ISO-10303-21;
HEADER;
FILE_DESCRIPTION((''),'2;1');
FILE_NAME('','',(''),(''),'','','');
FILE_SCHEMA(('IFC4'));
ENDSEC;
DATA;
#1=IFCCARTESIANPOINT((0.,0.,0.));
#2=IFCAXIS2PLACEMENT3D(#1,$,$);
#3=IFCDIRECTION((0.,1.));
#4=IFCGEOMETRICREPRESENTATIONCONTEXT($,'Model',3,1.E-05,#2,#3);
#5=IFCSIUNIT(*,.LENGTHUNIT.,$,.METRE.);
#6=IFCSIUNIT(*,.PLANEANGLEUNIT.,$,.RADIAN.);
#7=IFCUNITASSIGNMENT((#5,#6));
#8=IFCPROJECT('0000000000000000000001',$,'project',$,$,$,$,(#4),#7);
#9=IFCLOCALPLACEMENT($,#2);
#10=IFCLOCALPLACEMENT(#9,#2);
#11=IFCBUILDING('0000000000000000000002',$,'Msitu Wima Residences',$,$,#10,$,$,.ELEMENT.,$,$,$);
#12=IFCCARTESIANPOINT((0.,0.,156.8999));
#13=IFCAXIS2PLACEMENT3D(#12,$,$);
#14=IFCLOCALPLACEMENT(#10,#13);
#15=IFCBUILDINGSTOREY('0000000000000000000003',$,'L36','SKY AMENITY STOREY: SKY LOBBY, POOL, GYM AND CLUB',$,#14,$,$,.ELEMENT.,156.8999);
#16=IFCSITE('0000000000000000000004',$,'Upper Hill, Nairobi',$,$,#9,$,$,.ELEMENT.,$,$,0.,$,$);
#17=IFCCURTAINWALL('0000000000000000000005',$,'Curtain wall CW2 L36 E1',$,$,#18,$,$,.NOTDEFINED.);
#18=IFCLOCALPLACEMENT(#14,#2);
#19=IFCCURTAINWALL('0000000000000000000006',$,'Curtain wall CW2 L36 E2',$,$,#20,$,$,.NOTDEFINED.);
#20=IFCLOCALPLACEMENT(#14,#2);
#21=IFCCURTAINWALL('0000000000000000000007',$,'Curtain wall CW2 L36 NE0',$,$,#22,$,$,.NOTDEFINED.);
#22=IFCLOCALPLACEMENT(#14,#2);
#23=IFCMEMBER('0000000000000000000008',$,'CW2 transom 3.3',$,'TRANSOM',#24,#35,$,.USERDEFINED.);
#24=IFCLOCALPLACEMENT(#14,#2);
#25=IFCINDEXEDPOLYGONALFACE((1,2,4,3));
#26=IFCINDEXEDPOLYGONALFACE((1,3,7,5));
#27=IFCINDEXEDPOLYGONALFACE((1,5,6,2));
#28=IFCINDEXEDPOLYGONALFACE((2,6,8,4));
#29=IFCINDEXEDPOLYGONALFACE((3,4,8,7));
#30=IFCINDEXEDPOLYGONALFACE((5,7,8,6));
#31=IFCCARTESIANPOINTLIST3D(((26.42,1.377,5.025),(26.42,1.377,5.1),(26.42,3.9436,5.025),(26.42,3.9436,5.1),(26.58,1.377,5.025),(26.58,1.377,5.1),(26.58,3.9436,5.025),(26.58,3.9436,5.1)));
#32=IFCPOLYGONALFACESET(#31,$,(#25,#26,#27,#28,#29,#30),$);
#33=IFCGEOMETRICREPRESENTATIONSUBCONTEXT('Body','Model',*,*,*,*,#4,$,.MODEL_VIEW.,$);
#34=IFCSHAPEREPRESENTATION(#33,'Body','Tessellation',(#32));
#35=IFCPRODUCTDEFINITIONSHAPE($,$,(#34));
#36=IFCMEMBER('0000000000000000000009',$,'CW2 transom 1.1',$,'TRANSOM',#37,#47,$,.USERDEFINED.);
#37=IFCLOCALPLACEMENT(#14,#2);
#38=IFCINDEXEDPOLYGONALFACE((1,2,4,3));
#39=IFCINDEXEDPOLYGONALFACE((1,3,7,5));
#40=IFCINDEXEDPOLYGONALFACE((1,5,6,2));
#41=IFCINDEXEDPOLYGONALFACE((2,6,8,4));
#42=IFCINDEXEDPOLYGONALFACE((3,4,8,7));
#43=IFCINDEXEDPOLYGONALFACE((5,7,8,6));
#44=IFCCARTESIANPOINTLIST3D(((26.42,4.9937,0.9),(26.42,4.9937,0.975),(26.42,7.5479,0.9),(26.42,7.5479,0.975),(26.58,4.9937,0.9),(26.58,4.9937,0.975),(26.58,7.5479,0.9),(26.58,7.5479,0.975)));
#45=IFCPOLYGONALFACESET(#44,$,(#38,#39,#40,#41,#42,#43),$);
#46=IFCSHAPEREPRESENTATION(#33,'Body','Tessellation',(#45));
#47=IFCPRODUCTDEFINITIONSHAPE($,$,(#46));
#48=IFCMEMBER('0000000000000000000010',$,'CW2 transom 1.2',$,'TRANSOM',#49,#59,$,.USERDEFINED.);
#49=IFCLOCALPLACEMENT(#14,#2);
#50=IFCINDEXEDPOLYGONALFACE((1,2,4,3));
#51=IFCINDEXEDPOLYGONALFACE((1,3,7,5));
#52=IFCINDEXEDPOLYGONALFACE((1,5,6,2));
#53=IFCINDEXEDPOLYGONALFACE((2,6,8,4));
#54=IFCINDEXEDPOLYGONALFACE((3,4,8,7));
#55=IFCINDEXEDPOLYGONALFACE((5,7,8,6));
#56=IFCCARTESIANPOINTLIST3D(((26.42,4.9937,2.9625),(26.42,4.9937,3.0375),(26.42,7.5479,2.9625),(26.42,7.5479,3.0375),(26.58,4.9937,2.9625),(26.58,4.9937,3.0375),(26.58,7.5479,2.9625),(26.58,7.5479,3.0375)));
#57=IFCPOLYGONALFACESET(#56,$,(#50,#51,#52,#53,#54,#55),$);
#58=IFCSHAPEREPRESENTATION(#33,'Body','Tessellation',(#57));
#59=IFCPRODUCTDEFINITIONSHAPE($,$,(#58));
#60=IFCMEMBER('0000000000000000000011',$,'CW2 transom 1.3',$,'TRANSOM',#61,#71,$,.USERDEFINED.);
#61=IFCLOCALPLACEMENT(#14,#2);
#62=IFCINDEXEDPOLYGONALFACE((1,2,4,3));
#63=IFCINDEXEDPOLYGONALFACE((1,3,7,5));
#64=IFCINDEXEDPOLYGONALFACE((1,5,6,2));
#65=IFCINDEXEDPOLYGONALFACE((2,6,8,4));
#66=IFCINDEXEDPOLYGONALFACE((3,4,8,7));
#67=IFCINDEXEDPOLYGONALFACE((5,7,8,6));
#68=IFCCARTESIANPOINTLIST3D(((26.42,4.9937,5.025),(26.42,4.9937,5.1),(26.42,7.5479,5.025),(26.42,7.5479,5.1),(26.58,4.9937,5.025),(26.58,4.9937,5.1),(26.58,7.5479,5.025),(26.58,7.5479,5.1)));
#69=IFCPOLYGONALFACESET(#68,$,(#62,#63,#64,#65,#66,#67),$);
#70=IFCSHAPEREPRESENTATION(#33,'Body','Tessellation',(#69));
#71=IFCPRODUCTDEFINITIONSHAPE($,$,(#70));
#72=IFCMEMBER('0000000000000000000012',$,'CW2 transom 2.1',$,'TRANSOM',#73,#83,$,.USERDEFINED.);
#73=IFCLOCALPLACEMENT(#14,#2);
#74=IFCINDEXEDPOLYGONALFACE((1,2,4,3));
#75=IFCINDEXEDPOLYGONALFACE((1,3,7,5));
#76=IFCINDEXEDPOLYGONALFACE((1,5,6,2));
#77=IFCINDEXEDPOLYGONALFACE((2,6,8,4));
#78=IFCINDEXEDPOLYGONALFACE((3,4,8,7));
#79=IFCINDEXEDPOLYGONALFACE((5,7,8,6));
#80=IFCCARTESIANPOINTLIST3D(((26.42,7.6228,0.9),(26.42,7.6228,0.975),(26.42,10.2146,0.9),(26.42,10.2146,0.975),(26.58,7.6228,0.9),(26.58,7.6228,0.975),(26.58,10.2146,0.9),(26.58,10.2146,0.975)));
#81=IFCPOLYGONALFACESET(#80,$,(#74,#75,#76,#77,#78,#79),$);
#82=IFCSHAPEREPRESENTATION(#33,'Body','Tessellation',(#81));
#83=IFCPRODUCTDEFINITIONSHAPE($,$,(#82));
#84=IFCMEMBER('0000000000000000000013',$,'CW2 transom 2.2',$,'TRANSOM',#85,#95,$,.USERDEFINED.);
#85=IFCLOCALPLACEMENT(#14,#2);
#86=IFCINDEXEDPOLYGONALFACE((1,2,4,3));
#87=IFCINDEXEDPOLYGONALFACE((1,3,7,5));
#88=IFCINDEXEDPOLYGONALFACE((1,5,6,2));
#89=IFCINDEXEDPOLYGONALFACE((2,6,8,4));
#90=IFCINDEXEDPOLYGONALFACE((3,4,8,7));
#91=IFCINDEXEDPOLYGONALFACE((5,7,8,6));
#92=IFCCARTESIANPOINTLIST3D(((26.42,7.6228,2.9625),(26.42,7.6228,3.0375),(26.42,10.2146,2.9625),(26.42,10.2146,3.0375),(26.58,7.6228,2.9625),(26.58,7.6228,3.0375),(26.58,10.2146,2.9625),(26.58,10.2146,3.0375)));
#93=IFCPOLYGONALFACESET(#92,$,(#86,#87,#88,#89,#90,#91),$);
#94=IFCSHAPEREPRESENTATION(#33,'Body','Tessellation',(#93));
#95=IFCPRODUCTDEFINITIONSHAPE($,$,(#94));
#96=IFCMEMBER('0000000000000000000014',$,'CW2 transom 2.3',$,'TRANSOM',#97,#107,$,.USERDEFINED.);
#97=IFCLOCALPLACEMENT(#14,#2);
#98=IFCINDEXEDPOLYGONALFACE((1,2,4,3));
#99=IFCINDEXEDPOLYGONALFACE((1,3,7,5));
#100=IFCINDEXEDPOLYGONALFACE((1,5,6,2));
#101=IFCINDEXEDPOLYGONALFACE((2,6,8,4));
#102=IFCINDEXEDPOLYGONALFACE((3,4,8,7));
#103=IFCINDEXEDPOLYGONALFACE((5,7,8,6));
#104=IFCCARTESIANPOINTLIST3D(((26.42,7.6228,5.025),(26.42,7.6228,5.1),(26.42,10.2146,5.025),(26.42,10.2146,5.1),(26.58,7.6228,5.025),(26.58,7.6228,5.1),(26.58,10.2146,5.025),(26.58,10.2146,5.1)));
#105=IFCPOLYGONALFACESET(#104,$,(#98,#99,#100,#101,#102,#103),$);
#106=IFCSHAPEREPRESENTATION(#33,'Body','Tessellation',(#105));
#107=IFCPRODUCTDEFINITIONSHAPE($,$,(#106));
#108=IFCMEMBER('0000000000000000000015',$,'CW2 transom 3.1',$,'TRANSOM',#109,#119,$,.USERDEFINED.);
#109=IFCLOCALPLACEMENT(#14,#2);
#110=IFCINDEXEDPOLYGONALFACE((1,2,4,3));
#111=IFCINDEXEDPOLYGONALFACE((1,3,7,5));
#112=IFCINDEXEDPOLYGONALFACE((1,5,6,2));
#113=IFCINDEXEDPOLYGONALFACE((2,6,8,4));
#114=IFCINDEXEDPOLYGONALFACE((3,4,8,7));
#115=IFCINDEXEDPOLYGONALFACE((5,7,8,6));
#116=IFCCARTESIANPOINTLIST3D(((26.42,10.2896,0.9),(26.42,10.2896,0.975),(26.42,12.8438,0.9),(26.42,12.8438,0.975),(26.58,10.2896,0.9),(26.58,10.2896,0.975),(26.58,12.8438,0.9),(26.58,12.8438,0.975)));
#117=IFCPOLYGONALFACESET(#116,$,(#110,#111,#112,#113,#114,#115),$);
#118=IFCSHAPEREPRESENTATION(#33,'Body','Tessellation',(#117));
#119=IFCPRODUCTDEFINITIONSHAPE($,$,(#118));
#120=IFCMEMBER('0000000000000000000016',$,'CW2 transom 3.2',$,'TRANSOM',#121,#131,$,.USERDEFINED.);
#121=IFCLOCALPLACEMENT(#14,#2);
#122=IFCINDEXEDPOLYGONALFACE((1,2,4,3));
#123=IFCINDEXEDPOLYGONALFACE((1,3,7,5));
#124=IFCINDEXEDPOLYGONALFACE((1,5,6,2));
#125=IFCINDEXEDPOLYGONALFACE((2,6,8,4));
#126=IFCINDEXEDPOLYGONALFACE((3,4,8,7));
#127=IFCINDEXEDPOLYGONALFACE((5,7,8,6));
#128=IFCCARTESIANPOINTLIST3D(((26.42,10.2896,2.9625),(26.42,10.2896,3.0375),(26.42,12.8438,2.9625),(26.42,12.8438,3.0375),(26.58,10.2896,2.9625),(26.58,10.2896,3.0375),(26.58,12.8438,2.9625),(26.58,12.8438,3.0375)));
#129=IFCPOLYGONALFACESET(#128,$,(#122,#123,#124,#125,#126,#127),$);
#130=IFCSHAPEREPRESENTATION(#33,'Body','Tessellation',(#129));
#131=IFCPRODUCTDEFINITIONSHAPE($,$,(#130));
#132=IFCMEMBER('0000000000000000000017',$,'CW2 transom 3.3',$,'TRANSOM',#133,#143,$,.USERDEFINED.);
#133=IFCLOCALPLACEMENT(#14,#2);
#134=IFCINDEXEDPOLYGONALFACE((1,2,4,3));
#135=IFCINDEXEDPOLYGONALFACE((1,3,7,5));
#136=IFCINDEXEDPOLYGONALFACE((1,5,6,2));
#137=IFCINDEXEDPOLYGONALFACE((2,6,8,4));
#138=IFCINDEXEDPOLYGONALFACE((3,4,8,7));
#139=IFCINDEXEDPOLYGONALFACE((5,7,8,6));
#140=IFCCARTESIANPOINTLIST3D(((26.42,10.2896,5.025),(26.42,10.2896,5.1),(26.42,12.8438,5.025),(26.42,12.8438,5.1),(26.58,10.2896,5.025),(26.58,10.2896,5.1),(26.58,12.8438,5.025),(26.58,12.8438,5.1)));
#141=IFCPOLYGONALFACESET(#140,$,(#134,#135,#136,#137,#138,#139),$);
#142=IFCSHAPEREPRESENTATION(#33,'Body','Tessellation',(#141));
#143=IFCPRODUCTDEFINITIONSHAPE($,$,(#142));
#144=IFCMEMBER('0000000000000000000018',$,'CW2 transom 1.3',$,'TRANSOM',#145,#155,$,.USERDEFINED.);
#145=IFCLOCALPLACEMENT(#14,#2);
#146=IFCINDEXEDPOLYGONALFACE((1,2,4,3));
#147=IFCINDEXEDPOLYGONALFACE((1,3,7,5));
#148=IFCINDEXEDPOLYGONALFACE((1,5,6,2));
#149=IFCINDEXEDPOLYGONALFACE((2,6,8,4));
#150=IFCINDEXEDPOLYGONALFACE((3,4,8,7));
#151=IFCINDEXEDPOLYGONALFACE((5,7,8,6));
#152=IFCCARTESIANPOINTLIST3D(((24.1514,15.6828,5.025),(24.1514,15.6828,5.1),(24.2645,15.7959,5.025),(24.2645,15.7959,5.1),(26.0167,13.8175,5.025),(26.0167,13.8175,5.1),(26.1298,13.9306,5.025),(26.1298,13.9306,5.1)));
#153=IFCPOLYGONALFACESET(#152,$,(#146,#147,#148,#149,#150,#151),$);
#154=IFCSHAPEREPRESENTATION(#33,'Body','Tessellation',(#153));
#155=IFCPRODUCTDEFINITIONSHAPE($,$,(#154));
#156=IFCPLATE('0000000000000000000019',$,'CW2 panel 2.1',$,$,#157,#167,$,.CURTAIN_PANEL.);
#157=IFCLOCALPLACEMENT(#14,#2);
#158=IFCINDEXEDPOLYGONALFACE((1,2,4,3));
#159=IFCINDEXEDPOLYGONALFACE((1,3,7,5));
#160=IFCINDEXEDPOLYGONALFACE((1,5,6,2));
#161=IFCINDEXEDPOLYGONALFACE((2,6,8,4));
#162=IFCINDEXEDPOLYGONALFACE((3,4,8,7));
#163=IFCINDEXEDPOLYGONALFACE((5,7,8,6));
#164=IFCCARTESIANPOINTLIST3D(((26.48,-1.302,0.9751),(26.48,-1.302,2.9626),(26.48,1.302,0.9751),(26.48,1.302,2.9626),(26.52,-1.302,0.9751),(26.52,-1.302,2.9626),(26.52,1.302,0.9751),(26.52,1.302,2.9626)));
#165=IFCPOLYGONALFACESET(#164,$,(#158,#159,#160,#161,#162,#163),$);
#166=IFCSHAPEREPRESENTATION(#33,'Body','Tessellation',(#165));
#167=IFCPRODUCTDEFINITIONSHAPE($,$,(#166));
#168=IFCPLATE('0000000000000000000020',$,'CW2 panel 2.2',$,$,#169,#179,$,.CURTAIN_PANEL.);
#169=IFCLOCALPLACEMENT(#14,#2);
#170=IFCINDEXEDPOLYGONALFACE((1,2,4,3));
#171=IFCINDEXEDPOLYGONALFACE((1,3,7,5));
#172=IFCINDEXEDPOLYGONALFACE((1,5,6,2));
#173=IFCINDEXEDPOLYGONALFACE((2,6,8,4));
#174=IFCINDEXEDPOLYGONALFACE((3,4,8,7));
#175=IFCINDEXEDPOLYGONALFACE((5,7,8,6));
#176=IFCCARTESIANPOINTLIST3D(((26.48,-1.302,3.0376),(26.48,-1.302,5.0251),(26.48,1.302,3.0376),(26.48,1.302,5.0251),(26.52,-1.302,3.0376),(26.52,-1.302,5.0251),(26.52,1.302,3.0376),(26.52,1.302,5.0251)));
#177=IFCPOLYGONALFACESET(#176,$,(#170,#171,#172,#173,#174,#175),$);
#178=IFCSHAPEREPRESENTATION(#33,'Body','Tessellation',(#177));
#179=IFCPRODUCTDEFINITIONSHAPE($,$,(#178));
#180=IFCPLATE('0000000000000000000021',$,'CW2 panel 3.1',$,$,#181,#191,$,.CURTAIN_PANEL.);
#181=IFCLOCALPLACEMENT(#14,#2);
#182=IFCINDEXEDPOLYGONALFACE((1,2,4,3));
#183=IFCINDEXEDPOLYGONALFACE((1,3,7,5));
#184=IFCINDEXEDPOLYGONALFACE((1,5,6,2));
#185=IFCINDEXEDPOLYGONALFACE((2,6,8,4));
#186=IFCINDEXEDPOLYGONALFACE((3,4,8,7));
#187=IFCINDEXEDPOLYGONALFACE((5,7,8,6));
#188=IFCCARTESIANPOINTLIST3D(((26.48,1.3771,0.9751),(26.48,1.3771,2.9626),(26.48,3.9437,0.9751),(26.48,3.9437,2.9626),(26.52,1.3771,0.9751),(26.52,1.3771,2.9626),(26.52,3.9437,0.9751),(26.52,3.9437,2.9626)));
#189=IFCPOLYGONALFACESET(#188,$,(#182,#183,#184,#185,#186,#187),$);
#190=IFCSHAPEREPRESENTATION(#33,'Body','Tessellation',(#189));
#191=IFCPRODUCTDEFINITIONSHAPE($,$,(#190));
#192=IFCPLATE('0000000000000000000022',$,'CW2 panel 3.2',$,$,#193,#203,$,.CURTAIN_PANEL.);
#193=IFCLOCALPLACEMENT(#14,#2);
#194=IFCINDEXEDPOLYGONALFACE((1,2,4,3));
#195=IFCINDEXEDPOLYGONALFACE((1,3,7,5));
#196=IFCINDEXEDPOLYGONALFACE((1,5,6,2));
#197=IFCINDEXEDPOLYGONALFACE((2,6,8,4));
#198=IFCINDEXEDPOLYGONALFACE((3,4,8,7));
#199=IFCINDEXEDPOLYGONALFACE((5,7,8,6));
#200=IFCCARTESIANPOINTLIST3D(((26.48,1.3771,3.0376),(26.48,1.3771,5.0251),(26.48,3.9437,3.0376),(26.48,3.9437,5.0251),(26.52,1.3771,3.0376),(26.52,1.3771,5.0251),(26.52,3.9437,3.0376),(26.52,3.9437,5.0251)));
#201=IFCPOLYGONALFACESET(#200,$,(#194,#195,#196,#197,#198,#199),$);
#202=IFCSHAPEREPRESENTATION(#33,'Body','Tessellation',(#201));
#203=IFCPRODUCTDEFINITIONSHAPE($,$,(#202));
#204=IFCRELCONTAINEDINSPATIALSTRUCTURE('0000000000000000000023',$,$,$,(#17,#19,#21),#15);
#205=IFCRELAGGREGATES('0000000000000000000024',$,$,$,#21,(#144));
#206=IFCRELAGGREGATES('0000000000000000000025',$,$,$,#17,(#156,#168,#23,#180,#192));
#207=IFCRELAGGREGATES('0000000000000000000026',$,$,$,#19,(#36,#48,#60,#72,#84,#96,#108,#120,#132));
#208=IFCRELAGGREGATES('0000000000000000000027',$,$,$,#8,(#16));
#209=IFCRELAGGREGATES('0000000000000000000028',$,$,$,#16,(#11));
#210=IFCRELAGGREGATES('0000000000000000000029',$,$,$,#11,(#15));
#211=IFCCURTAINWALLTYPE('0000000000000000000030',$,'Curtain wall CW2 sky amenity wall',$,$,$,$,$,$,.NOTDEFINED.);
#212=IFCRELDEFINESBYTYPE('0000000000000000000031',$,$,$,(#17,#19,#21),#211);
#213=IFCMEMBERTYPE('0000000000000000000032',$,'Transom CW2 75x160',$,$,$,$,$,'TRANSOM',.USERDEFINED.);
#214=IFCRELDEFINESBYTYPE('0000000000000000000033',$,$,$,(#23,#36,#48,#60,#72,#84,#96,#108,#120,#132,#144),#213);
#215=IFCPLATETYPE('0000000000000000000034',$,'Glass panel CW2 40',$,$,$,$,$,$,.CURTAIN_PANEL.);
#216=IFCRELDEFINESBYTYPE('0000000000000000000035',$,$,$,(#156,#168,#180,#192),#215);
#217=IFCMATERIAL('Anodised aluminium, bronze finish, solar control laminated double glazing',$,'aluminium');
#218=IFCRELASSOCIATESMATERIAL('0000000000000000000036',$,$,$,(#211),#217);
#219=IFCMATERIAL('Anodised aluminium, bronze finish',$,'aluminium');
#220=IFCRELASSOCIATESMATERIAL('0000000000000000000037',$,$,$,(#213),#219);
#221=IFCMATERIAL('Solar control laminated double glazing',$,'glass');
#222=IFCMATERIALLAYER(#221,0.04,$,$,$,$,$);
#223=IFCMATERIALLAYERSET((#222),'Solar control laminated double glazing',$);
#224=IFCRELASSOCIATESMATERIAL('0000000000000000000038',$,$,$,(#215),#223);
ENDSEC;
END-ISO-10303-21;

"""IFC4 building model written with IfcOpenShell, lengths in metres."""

from ifc_helpers import new_model, si_unit, direction, frame, origin, origin_2d, place, context, subcontext, project, spatial, rectangle, extrude, material, layer, layer_set, material_profile, profile_set, type_object, element, aggregate, save


model = new_model("IFC4")

# Units and contexts
model_context = context("Model", 3, precision=1e-05, world=origin(), true_north=direction((0.0, 1.0)))
body_context = subcontext(model_context, "Body", "Model", "MODEL_VIEW")
ifc_project = project(units=[si_unit("LENGTHUNIT", "METRE"), si_unit("PLANEANGLEUNIT", "RADIAN")], contexts=[model_context])

# Site, building, storey
site_placement = place(None, origin())
site = spatial("IfcSite", under=ifc_project, at=site_placement, Name="Upper Hill, Nairobi", CompositionType="ELEMENT", RefElevation=0.0)
building_placement = place(site_placement, origin())
building = spatial("IfcBuilding", under=site, at=building_placement, Name="Msitu Wima Residences", CompositionType="ELEMENT")
storey_placement = place(building_placement, frame((0.0, 0.0, 156.8999)))
storey = spatial("IfcBuildingStorey", under=building, at=storey_placement, Name="L36", Description="SKY AMENITY STOREY: SKY LOBBY, POOL, GYM AND CLUB", CompositionType="ELEMENT", Elevation=156.8999)

# Curtain walls
ifc_material_1 = material(Name="Anodised aluminium, bronze finish, solar control laminated double glazing", Category="aluminium")
curtain_wall_type = type_object("IfcCurtainWallType", Name="Curtain wall CW2 sky amenity wall", PredefinedType="NOTDEFINED", material=ifc_material_1)
curtain_wall_1_placement = place(storey_placement, origin())
curtain_wall_1 = element("IfcCurtainWall", 1, at=curtain_wall_1_placement, inside=storey, type_object=curtain_wall_type, Name="Curtain wall CW2 L36 E1", PredefinedType="NOTDEFINED")
ifc_material_2 = material(Name="Anodised aluminium, bronze finish", Category="aluminium")
curtain_wall_2_placement = place(storey_placement, origin())
curtain_wall_2 = element("IfcCurtainWall", 2, at=curtain_wall_2_placement, inside=storey, type_object=curtain_wall_type, Name="Curtain wall CW2 L36 E2", PredefinedType="NOTDEFINED")

# Curtain wall
curtain_wall_3_placement = place(storey_placement, origin())
curtain_wall_3 = element("IfcCurtainWall", 3, at=curtain_wall_3_placement, inside=storey, type_object=curtain_wall_type, Name="Curtain wall CW2 L36 NE0", PredefinedType="NOTDEFINED")

# Members
ifc_material_profile_1 = material_profile(ifc_material_2, rectangle(XDim=0.1599, YDim=0.075, at=origin_2d()), Name="Transom 75x160")
ifc_profile_set_1 = profile_set([ifc_material_profile_1], Name="Anodised aluminium, bronze finish")
member_type_1 = type_object("IfcMemberType", Name="Transom CW2 75x160", ElementType="TRANSOM", PredefinedType="USERDEFINED", material=ifc_profile_set_1)
member_1_placement = place(storey_placement, frame((26.5, 1.377, 5.0625), z_axis=(0.0, 1.0, 0.0), x_axis=(-1.0, 0.0, 0.0)))
member_1 = element("IfcMember", 4, at=member_1_placement, type_object=member_type_1, Name="CW2 transom 3.3", ObjectType="TRANSOM", PredefinedType="USERDEFINED", context=body_context, shape_type="SweptSolid", body=[
    extrude(rectangle(XDim=0.1599, YDim=0.075, at=origin_2d()), origin(), (0.0, 0.0, 1.0), 2.5667),
])
member_2_placement = place(storey_placement, frame((26.5, 4.9937, 0.9375), z_axis=(0.0, 1.0, 0.0), x_axis=(-1.0, 0.0, 0.0)))
member_2 = element("IfcMember", 5, at=member_2_placement, type_object=member_type_1, Name="CW2 transom 1.1", ObjectType="TRANSOM", PredefinedType="USERDEFINED", context=body_context, shape_type="SweptSolid", body=[
    extrude(rectangle(XDim=0.1599, YDim=0.075, at=origin_2d()), origin(), (0.0, 0.0, 1.0), 2.5542),
])
member_3_placement = place(storey_placement, frame((26.5, 4.9937, 3.0), z_axis=(0.0, 1.0, 0.0), x_axis=(-1.0, 0.0, 0.0)))
member_3 = element("IfcMember", 6, at=member_3_placement, type_object=member_type_1, Name="CW2 transom 1.2", ObjectType="TRANSOM", PredefinedType="USERDEFINED", context=body_context, shape_type="SweptSolid", body=[
    extrude(rectangle(XDim=0.1599, YDim=0.075, at=origin_2d()), origin(), (0.0, 0.0, 1.0), 2.5542),
])
member_4_placement = place(storey_placement, frame((26.5, 4.9937, 5.0625), z_axis=(0.0, 1.0, 0.0), x_axis=(-1.0, 0.0, 0.0)))
member_4 = element("IfcMember", 7, at=member_4_placement, type_object=member_type_1, Name="CW2 transom 1.3", ObjectType="TRANSOM", PredefinedType="USERDEFINED", context=body_context, shape_type="SweptSolid", body=[
    extrude(rectangle(XDim=0.1599, YDim=0.075, at=origin_2d()), origin(), (0.0, 0.0, 1.0), 2.5542),
])
member_5_placement = place(storey_placement, frame((26.5, 7.6228, 0.9375), z_axis=(0.0, 1.0, 0.0), x_axis=(-1.0, 0.0, 0.0)))
member_5 = element("IfcMember", 8, at=member_5_placement, type_object=member_type_1, Name="CW2 transom 2.1", ObjectType="TRANSOM", PredefinedType="USERDEFINED", context=body_context, shape_type="SweptSolid", body=[
    extrude(rectangle(XDim=0.1599, YDim=0.075, at=origin_2d()), origin(), (0.0, 0.0, 1.0), 2.5918),
])
member_6_placement = place(storey_placement, frame((26.5, 7.6228, 3.0), z_axis=(0.0, 1.0, 0.0), x_axis=(-1.0, 0.0, 0.0)))
member_6 = element("IfcMember", 9, at=member_6_placement, type_object=member_type_1, Name="CW2 transom 2.2", ObjectType="TRANSOM", PredefinedType="USERDEFINED", context=body_context, shape_type="SweptSolid", body=[
    extrude(rectangle(XDim=0.1599, YDim=0.075, at=origin_2d()), origin(), (0.0, 0.0, 1.0), 2.5918),
])
member_7_placement = place(storey_placement, frame((26.5, 7.6228, 5.0625), z_axis=(0.0, 1.0, 0.0), x_axis=(-1.0, 0.0, 0.0)))
member_7 = element("IfcMember", 10, at=member_7_placement, type_object=member_type_1, Name="CW2 transom 2.3", ObjectType="TRANSOM", PredefinedType="USERDEFINED", context=body_context, shape_type="SweptSolid", body=[
    extrude(rectangle(XDim=0.1599, YDim=0.075, at=origin_2d()), origin(), (0.0, 0.0, 1.0), 2.5918),
])
member_8_placement = place(storey_placement, frame((26.5, 10.2896, 0.9375), z_axis=(0.0, 1.0, 0.0), x_axis=(-1.0, 0.0, 0.0)))
member_8 = element("IfcMember", 11, at=member_8_placement, type_object=member_type_1, Name="CW2 transom 3.1", ObjectType="TRANSOM", PredefinedType="USERDEFINED", context=body_context, shape_type="SweptSolid", body=[
    extrude(rectangle(XDim=0.1599, YDim=0.075, at=origin_2d()), origin(), (0.0, 0.0, 1.0), 2.5542),
])
member_9_placement = place(storey_placement, frame((26.5, 10.2896, 3.0), z_axis=(0.0, 1.0, 0.0), x_axis=(-1.0, 0.0, 0.0)))
member_9 = element("IfcMember", 12, at=member_9_placement, type_object=member_type_1, Name="CW2 transom 3.2", ObjectType="TRANSOM", PredefinedType="USERDEFINED", context=body_context, shape_type="SweptSolid", body=[
    extrude(rectangle(XDim=0.1599, YDim=0.075, at=origin_2d()), origin(), (0.0, 0.0, 1.0), 2.5542),
])
member_10_placement = place(storey_placement, frame((26.5, 10.2896, 5.0625), z_axis=(0.0, 1.0, 0.0), x_axis=(-1.0, 0.0, 0.0)))
member_10 = element("IfcMember", 13, at=member_10_placement, type_object=member_type_1, Name="CW2 transom 3.3", ObjectType="TRANSOM", PredefinedType="USERDEFINED", context=body_context, shape_type="SweptSolid", body=[
    extrude(rectangle(XDim=0.1599, YDim=0.075, at=origin_2d()), origin(), (0.0, 0.0, 1.0), 2.5542),
])
member_11_placement = place(storey_placement, frame((26.0732, 13.874, 5.0625), z_axis=(-0.707107, 0.707107, 0.0), x_axis=(-0.707107, -0.707107, 0.0)))
member_11 = element("IfcMember", 14, at=member_11_placement, type_object=member_type_1, Name="CW2 transom 1.3", ObjectType="TRANSOM", PredefinedType="USERDEFINED", context=body_context, shape_type="SweptSolid", body=[
    extrude(rectangle(XDim=0.1599, YDim=0.075, at=origin_2d()), origin(), (0.0, 0.0, 1.0), 2.6379),
])
aggregate(curtain_wall_3, [member_11])

# Plates
ifc_material_3 = material(Name="Solar control laminated double glazing", Category="glass")
ifc_layer = layer(ifc_material_3, 0.04)
ifc_layer_set = layer_set([ifc_layer], Name="Solar control laminated double glazing")
plate_type = type_object("IfcPlateType", Name="Glass panel CW2 40", PredefinedType="CURTAIN_PANEL", material=ifc_layer_set)
plate_1_placement = place(storey_placement, frame((26.5, 0.0, 0.9751), z_axis=(0.0, 0.0, 1.0), x_axis=(0.0, 1.0, 0.0)))
plate_1 = element("IfcPlate", 15, at=plate_1_placement, type_object=plate_type, Name="CW2 panel 2.1", PredefinedType="CURTAIN_PANEL", context=body_context, shape_type="SweptSolid", body=[
    extrude(rectangle(XDim=2.604, YDim=0.04, at=origin_2d()), origin(), (0.0, 0.0, 1.0), 1.9875),
])
plate_2_placement = place(storey_placement, frame((26.5, 0.0, 3.0376), z_axis=(0.0, 0.0, 1.0), x_axis=(0.0, 1.0, 0.0)))
plate_2 = element("IfcPlate", 16, at=plate_2_placement, type_object=plate_type, Name="CW2 panel 2.2", PredefinedType="CURTAIN_PANEL", context=body_context, shape_type="SweptSolid", body=[
    extrude(rectangle(XDim=2.604, YDim=0.04, at=origin_2d()), origin(), (0.0, 0.0, 1.0), 1.9875),
])
plate_3_placement = place(storey_placement, frame((26.5, 2.6604, 0.9751), z_axis=(0.0, 0.0, 1.0), x_axis=(0.0, 1.0, 0.0)))
plate_3 = element("IfcPlate", 17, at=plate_3_placement, type_object=plate_type, Name="CW2 panel 3.1", PredefinedType="CURTAIN_PANEL", context=body_context, shape_type="SweptSolid", body=[
    extrude(rectangle(XDim=2.5667, YDim=0.04, at=origin_2d()), origin(), (0.0, 0.0, 1.0), 1.9875),
])
plate_4_placement = place(storey_placement, frame((26.5, 2.6604, 3.0376), z_axis=(0.0, 0.0, 1.0), x_axis=(0.0, 1.0, 0.0)))
plate_4 = element("IfcPlate", 18, at=plate_4_placement, type_object=plate_type, Name="CW2 panel 3.2", PredefinedType="CURTAIN_PANEL", context=body_context, shape_type="SweptSolid", body=[
    extrude(rectangle(XDim=2.5667, YDim=0.04, at=origin_2d()), origin(), (0.0, 0.0, 1.0), 1.9875),
])
aggregate(curtain_wall_1, [plate_1, plate_2, member_1, plate_3, plate_4])
aggregate(curtain_wall_2, [member_2, member_3, member_4, member_5, member_6, member_7, member_8, member_9, member_10])

save(model, "model.ifc")
